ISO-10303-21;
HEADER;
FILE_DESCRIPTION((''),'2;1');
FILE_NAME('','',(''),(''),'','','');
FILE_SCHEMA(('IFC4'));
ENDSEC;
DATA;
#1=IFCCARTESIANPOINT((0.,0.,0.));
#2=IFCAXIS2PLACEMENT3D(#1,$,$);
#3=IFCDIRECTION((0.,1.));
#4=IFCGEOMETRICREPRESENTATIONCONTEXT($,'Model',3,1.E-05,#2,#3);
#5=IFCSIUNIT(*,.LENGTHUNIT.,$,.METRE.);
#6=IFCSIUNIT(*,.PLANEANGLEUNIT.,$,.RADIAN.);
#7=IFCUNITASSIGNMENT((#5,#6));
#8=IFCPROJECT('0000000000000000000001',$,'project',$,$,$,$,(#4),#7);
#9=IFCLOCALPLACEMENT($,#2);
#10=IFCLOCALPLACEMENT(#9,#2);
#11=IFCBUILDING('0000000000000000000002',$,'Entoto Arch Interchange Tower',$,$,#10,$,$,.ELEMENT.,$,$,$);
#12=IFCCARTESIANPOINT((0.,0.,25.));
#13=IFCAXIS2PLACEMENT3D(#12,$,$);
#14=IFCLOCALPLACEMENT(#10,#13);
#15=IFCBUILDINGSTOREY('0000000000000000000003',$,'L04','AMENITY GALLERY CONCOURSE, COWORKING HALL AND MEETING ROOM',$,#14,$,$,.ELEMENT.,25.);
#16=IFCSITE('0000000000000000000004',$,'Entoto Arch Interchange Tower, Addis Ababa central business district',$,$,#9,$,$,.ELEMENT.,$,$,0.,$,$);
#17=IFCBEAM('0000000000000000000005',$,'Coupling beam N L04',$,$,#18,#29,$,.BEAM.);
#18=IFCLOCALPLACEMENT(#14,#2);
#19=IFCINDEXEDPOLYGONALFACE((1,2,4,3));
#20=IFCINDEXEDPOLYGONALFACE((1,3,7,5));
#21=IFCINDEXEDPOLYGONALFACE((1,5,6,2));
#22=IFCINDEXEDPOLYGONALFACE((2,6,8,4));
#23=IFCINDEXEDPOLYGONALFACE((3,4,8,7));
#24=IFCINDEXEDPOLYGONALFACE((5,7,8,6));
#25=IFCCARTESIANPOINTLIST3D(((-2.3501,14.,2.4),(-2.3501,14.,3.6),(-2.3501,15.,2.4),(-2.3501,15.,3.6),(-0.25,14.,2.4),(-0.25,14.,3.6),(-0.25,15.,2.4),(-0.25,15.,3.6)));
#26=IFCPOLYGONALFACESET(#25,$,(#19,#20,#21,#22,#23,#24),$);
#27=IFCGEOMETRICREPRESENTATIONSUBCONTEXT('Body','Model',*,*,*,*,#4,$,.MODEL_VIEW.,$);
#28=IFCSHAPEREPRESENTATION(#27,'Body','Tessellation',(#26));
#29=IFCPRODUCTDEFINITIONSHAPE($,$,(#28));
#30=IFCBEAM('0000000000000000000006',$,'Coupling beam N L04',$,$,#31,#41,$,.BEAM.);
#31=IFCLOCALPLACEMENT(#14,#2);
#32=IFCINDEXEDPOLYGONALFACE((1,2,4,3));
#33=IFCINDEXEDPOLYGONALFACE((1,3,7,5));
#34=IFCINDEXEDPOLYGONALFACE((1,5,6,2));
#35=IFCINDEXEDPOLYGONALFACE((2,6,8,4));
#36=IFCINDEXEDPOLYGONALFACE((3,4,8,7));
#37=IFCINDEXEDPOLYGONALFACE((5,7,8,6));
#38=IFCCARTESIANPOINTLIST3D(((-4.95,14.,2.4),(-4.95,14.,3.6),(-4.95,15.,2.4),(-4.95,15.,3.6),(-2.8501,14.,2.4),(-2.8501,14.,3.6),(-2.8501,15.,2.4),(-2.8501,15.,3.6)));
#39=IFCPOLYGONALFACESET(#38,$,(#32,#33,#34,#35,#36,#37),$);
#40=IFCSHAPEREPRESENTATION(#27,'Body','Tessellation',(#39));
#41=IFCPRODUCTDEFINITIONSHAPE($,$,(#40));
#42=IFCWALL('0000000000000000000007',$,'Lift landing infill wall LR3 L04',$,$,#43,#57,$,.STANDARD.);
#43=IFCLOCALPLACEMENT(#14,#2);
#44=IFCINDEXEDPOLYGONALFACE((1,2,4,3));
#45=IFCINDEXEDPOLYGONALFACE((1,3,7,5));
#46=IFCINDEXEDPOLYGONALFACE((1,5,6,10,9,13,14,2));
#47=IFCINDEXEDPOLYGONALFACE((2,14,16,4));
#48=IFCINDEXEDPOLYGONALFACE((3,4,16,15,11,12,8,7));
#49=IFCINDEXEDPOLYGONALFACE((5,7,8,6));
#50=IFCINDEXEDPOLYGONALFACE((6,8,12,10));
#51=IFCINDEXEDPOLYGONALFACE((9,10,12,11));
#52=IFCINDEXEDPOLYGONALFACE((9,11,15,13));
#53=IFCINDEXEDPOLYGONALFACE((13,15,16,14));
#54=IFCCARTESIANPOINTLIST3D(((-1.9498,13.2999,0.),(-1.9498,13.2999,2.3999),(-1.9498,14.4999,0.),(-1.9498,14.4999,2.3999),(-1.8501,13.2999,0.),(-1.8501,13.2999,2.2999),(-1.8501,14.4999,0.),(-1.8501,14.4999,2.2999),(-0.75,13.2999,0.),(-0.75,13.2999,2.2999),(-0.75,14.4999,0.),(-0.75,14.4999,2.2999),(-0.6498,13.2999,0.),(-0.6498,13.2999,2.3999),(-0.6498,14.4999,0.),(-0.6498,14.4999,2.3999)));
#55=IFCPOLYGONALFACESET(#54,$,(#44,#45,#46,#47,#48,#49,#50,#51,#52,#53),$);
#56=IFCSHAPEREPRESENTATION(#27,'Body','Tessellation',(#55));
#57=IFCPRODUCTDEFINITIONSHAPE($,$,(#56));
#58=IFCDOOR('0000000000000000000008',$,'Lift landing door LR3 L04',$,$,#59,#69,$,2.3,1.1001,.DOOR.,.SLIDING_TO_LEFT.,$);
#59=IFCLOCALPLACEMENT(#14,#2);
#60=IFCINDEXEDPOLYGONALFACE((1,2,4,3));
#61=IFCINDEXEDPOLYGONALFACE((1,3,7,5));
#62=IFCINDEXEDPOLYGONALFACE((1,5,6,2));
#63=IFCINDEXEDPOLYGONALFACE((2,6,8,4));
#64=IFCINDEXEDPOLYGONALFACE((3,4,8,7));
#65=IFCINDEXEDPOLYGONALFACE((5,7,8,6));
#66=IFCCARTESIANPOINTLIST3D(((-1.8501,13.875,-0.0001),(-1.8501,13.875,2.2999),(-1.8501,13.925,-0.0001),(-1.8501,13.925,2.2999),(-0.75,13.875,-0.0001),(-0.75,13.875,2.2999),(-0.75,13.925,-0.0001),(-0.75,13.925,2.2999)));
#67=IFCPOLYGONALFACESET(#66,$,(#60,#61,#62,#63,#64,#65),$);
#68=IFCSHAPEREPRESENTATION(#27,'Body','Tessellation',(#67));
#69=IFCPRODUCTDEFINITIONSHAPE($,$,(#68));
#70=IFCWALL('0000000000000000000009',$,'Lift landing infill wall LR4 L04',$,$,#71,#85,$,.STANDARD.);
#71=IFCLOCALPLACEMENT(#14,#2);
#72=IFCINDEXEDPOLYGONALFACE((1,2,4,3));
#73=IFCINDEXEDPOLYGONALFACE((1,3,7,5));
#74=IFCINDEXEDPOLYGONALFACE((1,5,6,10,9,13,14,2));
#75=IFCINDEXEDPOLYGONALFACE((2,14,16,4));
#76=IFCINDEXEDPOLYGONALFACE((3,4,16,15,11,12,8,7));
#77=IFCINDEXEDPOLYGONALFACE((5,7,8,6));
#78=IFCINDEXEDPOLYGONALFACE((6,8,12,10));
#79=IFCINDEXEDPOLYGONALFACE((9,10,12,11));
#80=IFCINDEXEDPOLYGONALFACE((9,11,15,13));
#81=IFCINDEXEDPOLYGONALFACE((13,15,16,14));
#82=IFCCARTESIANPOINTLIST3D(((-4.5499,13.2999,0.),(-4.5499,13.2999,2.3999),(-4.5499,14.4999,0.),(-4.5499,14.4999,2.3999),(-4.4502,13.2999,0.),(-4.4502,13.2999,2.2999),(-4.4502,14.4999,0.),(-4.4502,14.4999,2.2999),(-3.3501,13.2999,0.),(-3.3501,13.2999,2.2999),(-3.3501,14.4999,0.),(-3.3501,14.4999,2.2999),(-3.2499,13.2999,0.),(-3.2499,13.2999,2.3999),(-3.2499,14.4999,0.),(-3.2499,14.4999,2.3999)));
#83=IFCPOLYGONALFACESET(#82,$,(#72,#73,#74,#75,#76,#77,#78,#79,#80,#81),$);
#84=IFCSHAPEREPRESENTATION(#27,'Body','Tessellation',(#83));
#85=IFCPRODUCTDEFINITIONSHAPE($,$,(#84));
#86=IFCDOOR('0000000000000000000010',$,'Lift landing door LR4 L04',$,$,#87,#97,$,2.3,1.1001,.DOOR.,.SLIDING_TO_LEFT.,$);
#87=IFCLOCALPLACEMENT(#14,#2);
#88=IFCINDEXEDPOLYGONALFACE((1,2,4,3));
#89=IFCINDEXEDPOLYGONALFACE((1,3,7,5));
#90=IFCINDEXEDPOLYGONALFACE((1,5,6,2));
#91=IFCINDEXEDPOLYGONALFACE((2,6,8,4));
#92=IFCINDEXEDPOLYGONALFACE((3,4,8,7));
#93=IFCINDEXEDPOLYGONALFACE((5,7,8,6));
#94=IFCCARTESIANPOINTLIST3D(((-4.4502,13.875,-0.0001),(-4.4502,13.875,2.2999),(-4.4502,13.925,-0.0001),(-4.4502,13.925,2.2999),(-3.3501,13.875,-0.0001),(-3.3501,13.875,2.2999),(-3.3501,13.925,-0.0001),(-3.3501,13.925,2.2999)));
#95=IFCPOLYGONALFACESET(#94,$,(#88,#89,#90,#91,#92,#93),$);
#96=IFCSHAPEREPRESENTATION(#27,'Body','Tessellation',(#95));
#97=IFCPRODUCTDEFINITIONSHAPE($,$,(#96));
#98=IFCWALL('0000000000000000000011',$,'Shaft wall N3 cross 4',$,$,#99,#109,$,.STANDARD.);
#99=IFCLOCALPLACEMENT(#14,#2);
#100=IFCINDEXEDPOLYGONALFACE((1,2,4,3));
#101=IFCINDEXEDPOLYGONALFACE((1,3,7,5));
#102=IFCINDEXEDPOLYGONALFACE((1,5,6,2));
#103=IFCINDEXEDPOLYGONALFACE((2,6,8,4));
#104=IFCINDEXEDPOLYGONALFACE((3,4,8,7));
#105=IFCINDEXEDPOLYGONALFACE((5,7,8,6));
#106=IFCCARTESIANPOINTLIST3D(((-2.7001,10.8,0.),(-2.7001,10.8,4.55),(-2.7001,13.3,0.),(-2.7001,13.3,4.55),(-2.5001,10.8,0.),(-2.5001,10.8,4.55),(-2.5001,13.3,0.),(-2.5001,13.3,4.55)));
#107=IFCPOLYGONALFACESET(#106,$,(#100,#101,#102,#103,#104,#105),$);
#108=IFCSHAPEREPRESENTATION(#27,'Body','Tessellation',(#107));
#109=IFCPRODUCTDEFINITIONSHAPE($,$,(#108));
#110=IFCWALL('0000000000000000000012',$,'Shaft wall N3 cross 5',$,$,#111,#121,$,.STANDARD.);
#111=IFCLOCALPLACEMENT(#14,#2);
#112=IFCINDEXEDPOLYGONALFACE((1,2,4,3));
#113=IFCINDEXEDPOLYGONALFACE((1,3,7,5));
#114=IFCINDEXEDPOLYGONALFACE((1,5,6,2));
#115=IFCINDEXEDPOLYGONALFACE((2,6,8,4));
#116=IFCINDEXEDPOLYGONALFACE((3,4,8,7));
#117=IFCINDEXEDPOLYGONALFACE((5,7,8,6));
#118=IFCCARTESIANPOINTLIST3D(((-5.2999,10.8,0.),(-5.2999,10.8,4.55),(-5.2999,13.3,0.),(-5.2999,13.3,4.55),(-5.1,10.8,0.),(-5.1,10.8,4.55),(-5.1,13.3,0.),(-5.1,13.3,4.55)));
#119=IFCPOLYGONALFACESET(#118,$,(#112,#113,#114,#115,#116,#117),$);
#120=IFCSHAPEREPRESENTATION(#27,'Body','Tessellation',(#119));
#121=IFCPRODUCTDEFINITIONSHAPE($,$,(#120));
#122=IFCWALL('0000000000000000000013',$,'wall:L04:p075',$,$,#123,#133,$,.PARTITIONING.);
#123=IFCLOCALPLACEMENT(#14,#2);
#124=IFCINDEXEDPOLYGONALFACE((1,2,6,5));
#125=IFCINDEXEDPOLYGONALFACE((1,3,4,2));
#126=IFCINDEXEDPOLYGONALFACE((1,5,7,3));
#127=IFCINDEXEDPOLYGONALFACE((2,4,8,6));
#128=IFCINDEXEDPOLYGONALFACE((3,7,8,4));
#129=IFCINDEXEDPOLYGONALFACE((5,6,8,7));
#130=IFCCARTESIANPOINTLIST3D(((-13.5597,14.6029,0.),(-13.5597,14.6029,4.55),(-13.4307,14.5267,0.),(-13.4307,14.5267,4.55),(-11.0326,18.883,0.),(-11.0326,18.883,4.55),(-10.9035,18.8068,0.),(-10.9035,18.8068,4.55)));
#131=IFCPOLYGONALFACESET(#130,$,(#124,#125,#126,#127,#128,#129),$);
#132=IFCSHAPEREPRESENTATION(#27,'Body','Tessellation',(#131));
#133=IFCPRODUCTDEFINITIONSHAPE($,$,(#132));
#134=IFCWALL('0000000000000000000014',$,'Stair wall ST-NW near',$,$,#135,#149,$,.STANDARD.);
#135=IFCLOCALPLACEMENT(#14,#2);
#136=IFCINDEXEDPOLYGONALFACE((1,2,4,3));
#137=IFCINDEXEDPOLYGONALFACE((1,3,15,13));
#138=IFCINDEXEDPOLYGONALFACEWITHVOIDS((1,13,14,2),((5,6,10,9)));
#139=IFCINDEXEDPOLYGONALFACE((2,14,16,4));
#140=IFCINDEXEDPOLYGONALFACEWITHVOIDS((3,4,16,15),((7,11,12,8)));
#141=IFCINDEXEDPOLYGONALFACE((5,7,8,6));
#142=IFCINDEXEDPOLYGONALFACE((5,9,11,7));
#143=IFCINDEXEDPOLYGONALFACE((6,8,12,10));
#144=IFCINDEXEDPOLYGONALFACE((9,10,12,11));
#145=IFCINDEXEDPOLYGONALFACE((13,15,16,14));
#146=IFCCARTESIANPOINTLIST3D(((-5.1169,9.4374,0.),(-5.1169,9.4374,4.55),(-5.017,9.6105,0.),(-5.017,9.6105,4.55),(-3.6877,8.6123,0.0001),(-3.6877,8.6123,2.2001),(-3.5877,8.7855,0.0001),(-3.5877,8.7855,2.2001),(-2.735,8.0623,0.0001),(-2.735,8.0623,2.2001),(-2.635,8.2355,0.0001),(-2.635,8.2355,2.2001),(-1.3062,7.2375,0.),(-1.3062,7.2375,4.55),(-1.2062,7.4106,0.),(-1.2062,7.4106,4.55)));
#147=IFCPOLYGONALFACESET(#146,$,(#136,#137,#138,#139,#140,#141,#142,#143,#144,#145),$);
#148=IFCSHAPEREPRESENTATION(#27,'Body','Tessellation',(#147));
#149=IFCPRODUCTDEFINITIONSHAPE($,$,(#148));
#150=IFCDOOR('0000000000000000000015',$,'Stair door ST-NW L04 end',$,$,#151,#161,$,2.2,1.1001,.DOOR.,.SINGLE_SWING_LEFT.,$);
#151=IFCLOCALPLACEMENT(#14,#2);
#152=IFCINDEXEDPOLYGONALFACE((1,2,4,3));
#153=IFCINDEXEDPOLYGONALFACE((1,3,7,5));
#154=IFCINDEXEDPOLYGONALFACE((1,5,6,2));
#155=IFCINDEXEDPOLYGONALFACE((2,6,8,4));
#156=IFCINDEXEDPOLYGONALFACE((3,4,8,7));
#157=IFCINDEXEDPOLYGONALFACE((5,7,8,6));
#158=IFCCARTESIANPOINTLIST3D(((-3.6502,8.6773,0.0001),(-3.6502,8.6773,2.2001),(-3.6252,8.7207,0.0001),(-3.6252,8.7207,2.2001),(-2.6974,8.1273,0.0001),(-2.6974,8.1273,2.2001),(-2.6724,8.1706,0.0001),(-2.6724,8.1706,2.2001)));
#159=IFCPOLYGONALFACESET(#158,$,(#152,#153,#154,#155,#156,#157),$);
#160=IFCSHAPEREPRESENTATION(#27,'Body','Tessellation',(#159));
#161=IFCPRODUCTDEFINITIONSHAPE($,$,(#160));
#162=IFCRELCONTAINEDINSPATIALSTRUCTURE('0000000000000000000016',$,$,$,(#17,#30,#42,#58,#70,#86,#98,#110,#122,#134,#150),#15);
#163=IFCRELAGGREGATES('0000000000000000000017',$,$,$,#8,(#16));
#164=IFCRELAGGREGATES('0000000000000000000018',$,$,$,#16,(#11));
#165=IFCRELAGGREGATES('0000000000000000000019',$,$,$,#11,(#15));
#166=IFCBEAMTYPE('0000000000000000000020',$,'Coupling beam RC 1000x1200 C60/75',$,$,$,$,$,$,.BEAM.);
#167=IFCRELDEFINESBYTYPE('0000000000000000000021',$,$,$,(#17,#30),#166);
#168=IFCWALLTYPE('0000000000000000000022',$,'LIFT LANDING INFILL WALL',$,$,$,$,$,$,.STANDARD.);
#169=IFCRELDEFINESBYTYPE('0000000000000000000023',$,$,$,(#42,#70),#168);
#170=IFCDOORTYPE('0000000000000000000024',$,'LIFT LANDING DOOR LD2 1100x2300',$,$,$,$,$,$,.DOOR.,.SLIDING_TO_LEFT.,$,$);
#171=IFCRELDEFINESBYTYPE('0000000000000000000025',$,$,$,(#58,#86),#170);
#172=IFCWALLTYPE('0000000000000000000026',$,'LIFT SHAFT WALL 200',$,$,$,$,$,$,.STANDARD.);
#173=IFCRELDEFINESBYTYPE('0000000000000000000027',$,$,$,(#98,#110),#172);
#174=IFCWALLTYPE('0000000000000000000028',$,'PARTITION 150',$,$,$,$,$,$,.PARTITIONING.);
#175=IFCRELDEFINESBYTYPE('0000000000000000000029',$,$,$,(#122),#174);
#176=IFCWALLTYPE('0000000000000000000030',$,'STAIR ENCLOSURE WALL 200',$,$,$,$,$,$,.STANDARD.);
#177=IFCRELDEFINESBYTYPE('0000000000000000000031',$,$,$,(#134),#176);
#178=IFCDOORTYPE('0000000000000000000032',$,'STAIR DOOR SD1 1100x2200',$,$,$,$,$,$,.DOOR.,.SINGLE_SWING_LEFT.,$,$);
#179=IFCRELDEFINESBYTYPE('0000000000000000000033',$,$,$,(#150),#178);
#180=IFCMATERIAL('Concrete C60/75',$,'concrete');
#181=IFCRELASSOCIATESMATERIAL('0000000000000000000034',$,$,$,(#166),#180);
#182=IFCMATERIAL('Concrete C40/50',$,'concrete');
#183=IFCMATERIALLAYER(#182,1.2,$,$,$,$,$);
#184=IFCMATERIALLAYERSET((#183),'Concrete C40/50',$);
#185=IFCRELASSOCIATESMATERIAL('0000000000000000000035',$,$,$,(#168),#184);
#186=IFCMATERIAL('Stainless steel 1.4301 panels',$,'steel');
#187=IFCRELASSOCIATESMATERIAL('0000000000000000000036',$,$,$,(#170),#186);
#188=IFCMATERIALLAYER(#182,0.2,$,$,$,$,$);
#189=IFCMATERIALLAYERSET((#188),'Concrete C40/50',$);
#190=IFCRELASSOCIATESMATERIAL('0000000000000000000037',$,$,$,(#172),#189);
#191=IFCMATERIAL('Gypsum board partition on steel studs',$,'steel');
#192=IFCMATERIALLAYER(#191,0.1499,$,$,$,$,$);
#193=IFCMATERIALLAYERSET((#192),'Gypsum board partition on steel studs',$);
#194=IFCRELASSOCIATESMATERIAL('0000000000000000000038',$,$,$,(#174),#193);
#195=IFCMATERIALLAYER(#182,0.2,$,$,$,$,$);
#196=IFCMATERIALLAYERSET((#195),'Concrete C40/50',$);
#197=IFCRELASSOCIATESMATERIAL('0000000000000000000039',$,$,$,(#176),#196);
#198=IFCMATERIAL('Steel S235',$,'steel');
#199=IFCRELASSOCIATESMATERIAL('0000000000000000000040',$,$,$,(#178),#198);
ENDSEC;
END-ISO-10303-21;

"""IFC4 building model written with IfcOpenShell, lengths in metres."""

from ifc_helpers import new_model, si_unit, direction, frame, frame_2d, origin, origin_2d, place, context, subcontext, project, spatial, rectangle, extrude, material, layer, layer_set, material_profile, profile_set, type_object, element, fill, save


model = new_model("IFC4")

# Units and contexts
model_context = context("Model", 3, precision=1e-05, world=origin(), true_north=direction((0.0, 1.0)))
body_context = subcontext(model_context, "Body", "Model", "MODEL_VIEW")
ifc_project = project(units=[si_unit("LENGTHUNIT", "METRE"), si_unit("PLANEANGLEUNIT", "RADIAN")], contexts=[model_context])

# Site, building, storey
site_placement = place(None, origin())
site = spatial("IfcSite", under=ifc_project, at=site_placement, Name="Entoto Arch Interchange Tower, Addis Ababa central business district", CompositionType="ELEMENT", RefElevation=0.0)
building_placement = place(site_placement, origin())
building = spatial("IfcBuilding", under=site, at=building_placement, Name="Entoto Arch Interchange Tower", CompositionType="ELEMENT")
storey_placement = place(building_placement, frame((0.0, 0.0, 25.0)))
storey = spatial("IfcBuildingStorey", under=building, at=storey_placement, Name="L04", Description="AMENITY GALLERY CONCOURSE, COWORKING HALL AND MEETING ROOM", CompositionType="ELEMENT", Elevation=25.0)

# Beams
ifc_material_1 = material(Name="Concrete C60/75", Category="concrete")
ifc_material_profile = material_profile(ifc_material_1, rectangle(XDim=1.0, YDim=1.2, at=origin_2d()))
ifc_profile_set = profile_set([ifc_material_profile], Name="Concrete C60/75")
beam_type = type_object("IfcBeamType", Name="Coupling beam RC 1000x1200 C60/75", PredefinedType="BEAM", material=ifc_profile_set)
beam_1_placement = place(storey_placement, frame((-0.25, 14.5, 3.0), z_axis=(-1.0, 0.0, 0.0), x_axis=(0.0, -1.0, 0.0)))
element("IfcBeam", 1, at=beam_1_placement, inside=storey, type_object=beam_type, Name="Coupling beam N L04", PredefinedType="BEAM", context=body_context, shape_type="SweptSolid", body=[
    extrude(rectangle(XDim=1.0, YDim=1.2, at=origin_2d()), origin(), (0.0, 0.0, 1.0), 2.1001),
])
beam_2_placement = place(storey_placement, frame((-2.8501, 14.5, 3.0), z_axis=(-1.0, 0.0, 0.0), x_axis=(0.0, -1.0, 0.0)))
element("IfcBeam", 2, at=beam_2_placement, inside=storey, type_object=beam_type, Name="Coupling beam N L04", PredefinedType="BEAM", context=body_context, shape_type="SweptSolid", body=[
    extrude(rectangle(XDim=1.0, YDim=1.2, at=origin_2d()), origin(), (0.0, 0.0, 1.0), 2.0999),
])

# Walls, openings, doors
ifc_material_2 = material(Name="Concrete C40/50", Category="concrete")
ifc_layer_1 = layer(ifc_material_2, 1.2)
ifc_layer_set_1 = layer_set([ifc_layer_1], Name="Concrete C40/50")
wall_type_1 = type_object("IfcWallType", Name="LIFT LANDING INFILL WALL", PredefinedType="STANDARD", material=ifc_layer_set_1)
wall_1_placement = place(storey_placement, frame((-0.6499, 13.8999, 0.0), z_axis=(0.0, 0.0, 1.0), x_axis=(-1.0, 0.0, 0.0)))
wall_1 = element("IfcWall", 3, at=wall_1_placement, inside=storey, type_object=wall_type_1, Name="Lift landing infill wall LR3 L04", PredefinedType="STANDARD", context=body_context, shape_type="SweptSolid", body=[
    extrude(rectangle(XDim=1.3, YDim=1.2, at=frame_2d((0.6499, 0.0))), origin(), (0.0, 0.0, 1.0), 2.3999),
])
opening_1_placement = place(wall_1_placement, frame((0.1001, 0.0, 0.0)))
opening_1 = element("IfcOpeningElement", 4, at=opening_1_placement, cuts=wall_1, PredefinedType="OPENING", context=body_context, shape_type="SweptSolid", body=[
    extrude(rectangle(XDim=1.1001, YDim=2.3, at=frame_2d((0.55, 1.1499))), frame((0.0, 0.6099, 0.0), z_axis=(0.0, -1.0, 0.0), x_axis=(1.0, 0.0, 0.0)), (0.0, 0.0, 1.0), 1.22),
])
ifc_material_3 = material(Name="Stainless steel 1.4301 panels", Category="steel")
door_type_1 = type_object("IfcDoorType", Name="LIFT LANDING DOOR LD2 1100x2300", OperationType="SLIDING_TO_LEFT", PredefinedType="DOOR", material=ifc_material_3)
door_1_placement = place(opening_1_placement, origin())
door_1 = element("IfcDoor", 5, at=door_1_placement, inside=storey, type_object=door_type_1, Name="Lift landing door LR3 L04", OperationType="SLIDING_TO_LEFT", OverallHeight=2.3, OverallWidth=1.1001, PredefinedType="DOOR", context=body_context, shape_type="SweptSolid", body=[
    extrude(rectangle(XDim=1.1001, YDim=2.3, at=frame_2d((0.55, 1.1499))), frame((0.0, 0.0249, 0.0), z_axis=(0.0, -1.0, 0.0), x_axis=(1.0, 0.0, 0.0)), (0.0, 0.0, 1.0), 0.05),
])
fill(opening_1, door_1)
wall_2_placement = place(storey_placement, frame((-3.25, 13.8999, 0.0), z_axis=(0.0, 0.0, 1.0), x_axis=(-1.0, 0.0, 0.0)))
wall_2 = element("IfcWall", 6, at=wall_2_placement, inside=storey, type_object=wall_type_1, Name="Lift landing infill wall LR4 L04", PredefinedType="STANDARD", context=body_context, shape_type="SweptSolid", body=[
    extrude(rectangle(XDim=1.3, YDim=1.2, at=frame_2d((0.6499, 0.0))), origin(), (0.0, 0.0, 1.0), 2.3999),
])
opening_2_placement = place(wall_2_placement, frame((0.1001, 0.0, 0.0)))
opening_2 = element("IfcOpeningElement", 7, at=opening_2_placement, cuts=wall_2, PredefinedType="OPENING", context=body_context, shape_type="SweptSolid", body=[
    extrude(rectangle(XDim=1.1001, YDim=2.3, at=frame_2d((0.55, 1.1499))), frame((0.0, 0.6099, 0.0), z_axis=(0.0, -1.0, 0.0), x_axis=(1.0, 0.0, 0.0)), (0.0, 0.0, 1.0), 1.22),
])
door_2_placement = place(opening_2_placement, origin())
door_2 = element("IfcDoor", 8, at=door_2_placement, inside=storey, type_object=door_type_1, Name="Lift landing door LR4 L04", OperationType="SLIDING_TO_LEFT", OverallHeight=2.3, OverallWidth=1.1001, PredefinedType="DOOR", context=body_context, shape_type="SweptSolid", body=[
    extrude(rectangle(XDim=1.1001, YDim=2.3, at=frame_2d((0.55, 1.1499))), frame((0.0, 0.0249, 0.0), z_axis=(0.0, -1.0, 0.0), x_axis=(1.0, 0.0, 0.0)), (0.0, 0.0, 1.0), 0.05),
])
fill(opening_2, door_2)

# Walls
ifc_layer_2 = layer(ifc_material_2, 0.2)
ifc_layer_set_2 = layer_set([ifc_layer_2], Name="Concrete C40/50")
wall_type_2 = type_object("IfcWallType", Name="LIFT SHAFT WALL 200", PredefinedType="STANDARD", material=ifc_layer_set_2)
for number, where, z_axis, x_axis, name in (
    (9, (-2.6001, 10.8, 0.0), (0.0, 0.0, 1.0), (0.0, 1.0, 0.0), "Shaft wall N3 cross 4"),
    (10, (-5.2, 10.8, 0.0), (0.0, 0.0, 1.0), (0.0, 1.0, 0.0), "Shaft wall N3 cross 5"),
):
    element("IfcWall", number, at=place(storey_placement, frame(where, z_axis=z_axis, x_axis=x_axis)), inside=storey, type_object=wall_type_2, Name=name, PredefinedType="STANDARD", context=body_context, shape_type="SweptSolid", body=[
        extrude(rectangle(XDim=2.5, YDim=0.2, at=frame_2d((1.25, 0.0))), origin(), (0.0, 0.0, 1.0), 4.55),
    ])
ifc_material_4 = material(Name="Gypsum board partition on steel studs", Category="steel")
ifc_layer_3 = layer(ifc_material_4, 0.1499)
ifc_layer_set_3 = layer_set([ifc_layer_3], Name="Gypsum board partition on steel studs")
wall_type_3 = type_object("IfcWallType", Name="PARTITION 150", PredefinedType="PARTITIONING", material=ifc_layer_set_3)
wall_3_placement = place(storey_placement, frame((-10.968, 18.845, 0.0), z_axis=(0.0, 0.0, 1.0), x_axis=(-0.50843, -0.861103, 0.0)))
element("IfcWall", 11, at=wall_3_placement, inside=storey, type_object=wall_type_3, Name="wall:L04:p075", PredefinedType="PARTITIONING", context=body_context, shape_type="SweptSolid", body=[
    extrude(rectangle(XDim=4.9705, YDim=0.1499, at=frame_2d((2.4854, 0.0))), origin(), (0.0, 0.0, 1.0), 4.55),
])

# Wall, opening, door
ifc_layer_4 = layer(ifc_material_2, 0.2)
ifc_layer_set_4 = layer_set([ifc_layer_4], Name="Concrete C40/50")
wall_type_4 = type_object("IfcWallType", Name="STAIR ENCLOSURE WALL 200", PredefinedType="STANDARD", material=ifc_layer_set_4)
wall_4_placement = place(storey_placement, frame((-1.2561, 7.324, 0.0), z_axis=(0.0, 0.0, 1.0), x_axis=(-0.866046, 0.499964, 0.0)))
wall_4 = element("IfcWall", 12, at=wall_4_placement, inside=storey, type_object=wall_type_4, Name="Stair wall ST-NW near", PredefinedType="STANDARD", context=body_context, shape_type="SweptSolid", body=[
    extrude(rectangle(XDim=4.4001, YDim=0.2, at=frame_2d((2.2002, 0.0))), origin(), (0.0, 0.0, 1.0), 4.55),
])
opening_3_placement = place(wall_4_placement, frame((1.6499, 0.0, 0.0)))
opening_3 = element("IfcOpeningElement", 13, at=opening_3_placement, cuts=wall_4, PredefinedType="OPENING", context=body_context, shape_type="SweptSolid", body=[
    extrude(rectangle(XDim=1.1001, YDim=2.2, at=frame_2d((0.55, 1.1001))), frame((0.0, 0.1099, 0.0), z_axis=(0.0, -1.0, 0.0), x_axis=(1.0, 0.0, 0.0)), (0.0, 0.0, 1.0), 0.22),
])
ifc_material_5 = material(Name="Steel S235", Category="steel")
door_type_2 = type_object("IfcDoorType", Name="STAIR DOOR SD1 1100x2200", OperationType="SINGLE_SWING_LEFT", PredefinedType="DOOR", material=ifc_material_5)
door_3_placement = place(opening_3_placement, origin())
door_3 = element("IfcDoor", 14, at=door_3_placement, inside=storey, type_object=door_type_2, Name="Stair door ST-NW L04 end", OperationType="SINGLE_SWING_LEFT", OverallHeight=2.2, OverallWidth=1.1001, PredefinedType="DOOR", context=body_context, shape_type="SweptSolid", body=[
    extrude(rectangle(XDim=1.1001, YDim=2.2, at=frame_2d((0.55, 1.1001))), frame((0.0, 0.0249, 0.0), z_axis=(0.0, -1.0, 0.0), x_axis=(1.0, 0.0, 0.0)), (0.0, 0.0, 1.0), 0.05),
])
fill(opening_3, door_3)

save(model, "model.ifc")
